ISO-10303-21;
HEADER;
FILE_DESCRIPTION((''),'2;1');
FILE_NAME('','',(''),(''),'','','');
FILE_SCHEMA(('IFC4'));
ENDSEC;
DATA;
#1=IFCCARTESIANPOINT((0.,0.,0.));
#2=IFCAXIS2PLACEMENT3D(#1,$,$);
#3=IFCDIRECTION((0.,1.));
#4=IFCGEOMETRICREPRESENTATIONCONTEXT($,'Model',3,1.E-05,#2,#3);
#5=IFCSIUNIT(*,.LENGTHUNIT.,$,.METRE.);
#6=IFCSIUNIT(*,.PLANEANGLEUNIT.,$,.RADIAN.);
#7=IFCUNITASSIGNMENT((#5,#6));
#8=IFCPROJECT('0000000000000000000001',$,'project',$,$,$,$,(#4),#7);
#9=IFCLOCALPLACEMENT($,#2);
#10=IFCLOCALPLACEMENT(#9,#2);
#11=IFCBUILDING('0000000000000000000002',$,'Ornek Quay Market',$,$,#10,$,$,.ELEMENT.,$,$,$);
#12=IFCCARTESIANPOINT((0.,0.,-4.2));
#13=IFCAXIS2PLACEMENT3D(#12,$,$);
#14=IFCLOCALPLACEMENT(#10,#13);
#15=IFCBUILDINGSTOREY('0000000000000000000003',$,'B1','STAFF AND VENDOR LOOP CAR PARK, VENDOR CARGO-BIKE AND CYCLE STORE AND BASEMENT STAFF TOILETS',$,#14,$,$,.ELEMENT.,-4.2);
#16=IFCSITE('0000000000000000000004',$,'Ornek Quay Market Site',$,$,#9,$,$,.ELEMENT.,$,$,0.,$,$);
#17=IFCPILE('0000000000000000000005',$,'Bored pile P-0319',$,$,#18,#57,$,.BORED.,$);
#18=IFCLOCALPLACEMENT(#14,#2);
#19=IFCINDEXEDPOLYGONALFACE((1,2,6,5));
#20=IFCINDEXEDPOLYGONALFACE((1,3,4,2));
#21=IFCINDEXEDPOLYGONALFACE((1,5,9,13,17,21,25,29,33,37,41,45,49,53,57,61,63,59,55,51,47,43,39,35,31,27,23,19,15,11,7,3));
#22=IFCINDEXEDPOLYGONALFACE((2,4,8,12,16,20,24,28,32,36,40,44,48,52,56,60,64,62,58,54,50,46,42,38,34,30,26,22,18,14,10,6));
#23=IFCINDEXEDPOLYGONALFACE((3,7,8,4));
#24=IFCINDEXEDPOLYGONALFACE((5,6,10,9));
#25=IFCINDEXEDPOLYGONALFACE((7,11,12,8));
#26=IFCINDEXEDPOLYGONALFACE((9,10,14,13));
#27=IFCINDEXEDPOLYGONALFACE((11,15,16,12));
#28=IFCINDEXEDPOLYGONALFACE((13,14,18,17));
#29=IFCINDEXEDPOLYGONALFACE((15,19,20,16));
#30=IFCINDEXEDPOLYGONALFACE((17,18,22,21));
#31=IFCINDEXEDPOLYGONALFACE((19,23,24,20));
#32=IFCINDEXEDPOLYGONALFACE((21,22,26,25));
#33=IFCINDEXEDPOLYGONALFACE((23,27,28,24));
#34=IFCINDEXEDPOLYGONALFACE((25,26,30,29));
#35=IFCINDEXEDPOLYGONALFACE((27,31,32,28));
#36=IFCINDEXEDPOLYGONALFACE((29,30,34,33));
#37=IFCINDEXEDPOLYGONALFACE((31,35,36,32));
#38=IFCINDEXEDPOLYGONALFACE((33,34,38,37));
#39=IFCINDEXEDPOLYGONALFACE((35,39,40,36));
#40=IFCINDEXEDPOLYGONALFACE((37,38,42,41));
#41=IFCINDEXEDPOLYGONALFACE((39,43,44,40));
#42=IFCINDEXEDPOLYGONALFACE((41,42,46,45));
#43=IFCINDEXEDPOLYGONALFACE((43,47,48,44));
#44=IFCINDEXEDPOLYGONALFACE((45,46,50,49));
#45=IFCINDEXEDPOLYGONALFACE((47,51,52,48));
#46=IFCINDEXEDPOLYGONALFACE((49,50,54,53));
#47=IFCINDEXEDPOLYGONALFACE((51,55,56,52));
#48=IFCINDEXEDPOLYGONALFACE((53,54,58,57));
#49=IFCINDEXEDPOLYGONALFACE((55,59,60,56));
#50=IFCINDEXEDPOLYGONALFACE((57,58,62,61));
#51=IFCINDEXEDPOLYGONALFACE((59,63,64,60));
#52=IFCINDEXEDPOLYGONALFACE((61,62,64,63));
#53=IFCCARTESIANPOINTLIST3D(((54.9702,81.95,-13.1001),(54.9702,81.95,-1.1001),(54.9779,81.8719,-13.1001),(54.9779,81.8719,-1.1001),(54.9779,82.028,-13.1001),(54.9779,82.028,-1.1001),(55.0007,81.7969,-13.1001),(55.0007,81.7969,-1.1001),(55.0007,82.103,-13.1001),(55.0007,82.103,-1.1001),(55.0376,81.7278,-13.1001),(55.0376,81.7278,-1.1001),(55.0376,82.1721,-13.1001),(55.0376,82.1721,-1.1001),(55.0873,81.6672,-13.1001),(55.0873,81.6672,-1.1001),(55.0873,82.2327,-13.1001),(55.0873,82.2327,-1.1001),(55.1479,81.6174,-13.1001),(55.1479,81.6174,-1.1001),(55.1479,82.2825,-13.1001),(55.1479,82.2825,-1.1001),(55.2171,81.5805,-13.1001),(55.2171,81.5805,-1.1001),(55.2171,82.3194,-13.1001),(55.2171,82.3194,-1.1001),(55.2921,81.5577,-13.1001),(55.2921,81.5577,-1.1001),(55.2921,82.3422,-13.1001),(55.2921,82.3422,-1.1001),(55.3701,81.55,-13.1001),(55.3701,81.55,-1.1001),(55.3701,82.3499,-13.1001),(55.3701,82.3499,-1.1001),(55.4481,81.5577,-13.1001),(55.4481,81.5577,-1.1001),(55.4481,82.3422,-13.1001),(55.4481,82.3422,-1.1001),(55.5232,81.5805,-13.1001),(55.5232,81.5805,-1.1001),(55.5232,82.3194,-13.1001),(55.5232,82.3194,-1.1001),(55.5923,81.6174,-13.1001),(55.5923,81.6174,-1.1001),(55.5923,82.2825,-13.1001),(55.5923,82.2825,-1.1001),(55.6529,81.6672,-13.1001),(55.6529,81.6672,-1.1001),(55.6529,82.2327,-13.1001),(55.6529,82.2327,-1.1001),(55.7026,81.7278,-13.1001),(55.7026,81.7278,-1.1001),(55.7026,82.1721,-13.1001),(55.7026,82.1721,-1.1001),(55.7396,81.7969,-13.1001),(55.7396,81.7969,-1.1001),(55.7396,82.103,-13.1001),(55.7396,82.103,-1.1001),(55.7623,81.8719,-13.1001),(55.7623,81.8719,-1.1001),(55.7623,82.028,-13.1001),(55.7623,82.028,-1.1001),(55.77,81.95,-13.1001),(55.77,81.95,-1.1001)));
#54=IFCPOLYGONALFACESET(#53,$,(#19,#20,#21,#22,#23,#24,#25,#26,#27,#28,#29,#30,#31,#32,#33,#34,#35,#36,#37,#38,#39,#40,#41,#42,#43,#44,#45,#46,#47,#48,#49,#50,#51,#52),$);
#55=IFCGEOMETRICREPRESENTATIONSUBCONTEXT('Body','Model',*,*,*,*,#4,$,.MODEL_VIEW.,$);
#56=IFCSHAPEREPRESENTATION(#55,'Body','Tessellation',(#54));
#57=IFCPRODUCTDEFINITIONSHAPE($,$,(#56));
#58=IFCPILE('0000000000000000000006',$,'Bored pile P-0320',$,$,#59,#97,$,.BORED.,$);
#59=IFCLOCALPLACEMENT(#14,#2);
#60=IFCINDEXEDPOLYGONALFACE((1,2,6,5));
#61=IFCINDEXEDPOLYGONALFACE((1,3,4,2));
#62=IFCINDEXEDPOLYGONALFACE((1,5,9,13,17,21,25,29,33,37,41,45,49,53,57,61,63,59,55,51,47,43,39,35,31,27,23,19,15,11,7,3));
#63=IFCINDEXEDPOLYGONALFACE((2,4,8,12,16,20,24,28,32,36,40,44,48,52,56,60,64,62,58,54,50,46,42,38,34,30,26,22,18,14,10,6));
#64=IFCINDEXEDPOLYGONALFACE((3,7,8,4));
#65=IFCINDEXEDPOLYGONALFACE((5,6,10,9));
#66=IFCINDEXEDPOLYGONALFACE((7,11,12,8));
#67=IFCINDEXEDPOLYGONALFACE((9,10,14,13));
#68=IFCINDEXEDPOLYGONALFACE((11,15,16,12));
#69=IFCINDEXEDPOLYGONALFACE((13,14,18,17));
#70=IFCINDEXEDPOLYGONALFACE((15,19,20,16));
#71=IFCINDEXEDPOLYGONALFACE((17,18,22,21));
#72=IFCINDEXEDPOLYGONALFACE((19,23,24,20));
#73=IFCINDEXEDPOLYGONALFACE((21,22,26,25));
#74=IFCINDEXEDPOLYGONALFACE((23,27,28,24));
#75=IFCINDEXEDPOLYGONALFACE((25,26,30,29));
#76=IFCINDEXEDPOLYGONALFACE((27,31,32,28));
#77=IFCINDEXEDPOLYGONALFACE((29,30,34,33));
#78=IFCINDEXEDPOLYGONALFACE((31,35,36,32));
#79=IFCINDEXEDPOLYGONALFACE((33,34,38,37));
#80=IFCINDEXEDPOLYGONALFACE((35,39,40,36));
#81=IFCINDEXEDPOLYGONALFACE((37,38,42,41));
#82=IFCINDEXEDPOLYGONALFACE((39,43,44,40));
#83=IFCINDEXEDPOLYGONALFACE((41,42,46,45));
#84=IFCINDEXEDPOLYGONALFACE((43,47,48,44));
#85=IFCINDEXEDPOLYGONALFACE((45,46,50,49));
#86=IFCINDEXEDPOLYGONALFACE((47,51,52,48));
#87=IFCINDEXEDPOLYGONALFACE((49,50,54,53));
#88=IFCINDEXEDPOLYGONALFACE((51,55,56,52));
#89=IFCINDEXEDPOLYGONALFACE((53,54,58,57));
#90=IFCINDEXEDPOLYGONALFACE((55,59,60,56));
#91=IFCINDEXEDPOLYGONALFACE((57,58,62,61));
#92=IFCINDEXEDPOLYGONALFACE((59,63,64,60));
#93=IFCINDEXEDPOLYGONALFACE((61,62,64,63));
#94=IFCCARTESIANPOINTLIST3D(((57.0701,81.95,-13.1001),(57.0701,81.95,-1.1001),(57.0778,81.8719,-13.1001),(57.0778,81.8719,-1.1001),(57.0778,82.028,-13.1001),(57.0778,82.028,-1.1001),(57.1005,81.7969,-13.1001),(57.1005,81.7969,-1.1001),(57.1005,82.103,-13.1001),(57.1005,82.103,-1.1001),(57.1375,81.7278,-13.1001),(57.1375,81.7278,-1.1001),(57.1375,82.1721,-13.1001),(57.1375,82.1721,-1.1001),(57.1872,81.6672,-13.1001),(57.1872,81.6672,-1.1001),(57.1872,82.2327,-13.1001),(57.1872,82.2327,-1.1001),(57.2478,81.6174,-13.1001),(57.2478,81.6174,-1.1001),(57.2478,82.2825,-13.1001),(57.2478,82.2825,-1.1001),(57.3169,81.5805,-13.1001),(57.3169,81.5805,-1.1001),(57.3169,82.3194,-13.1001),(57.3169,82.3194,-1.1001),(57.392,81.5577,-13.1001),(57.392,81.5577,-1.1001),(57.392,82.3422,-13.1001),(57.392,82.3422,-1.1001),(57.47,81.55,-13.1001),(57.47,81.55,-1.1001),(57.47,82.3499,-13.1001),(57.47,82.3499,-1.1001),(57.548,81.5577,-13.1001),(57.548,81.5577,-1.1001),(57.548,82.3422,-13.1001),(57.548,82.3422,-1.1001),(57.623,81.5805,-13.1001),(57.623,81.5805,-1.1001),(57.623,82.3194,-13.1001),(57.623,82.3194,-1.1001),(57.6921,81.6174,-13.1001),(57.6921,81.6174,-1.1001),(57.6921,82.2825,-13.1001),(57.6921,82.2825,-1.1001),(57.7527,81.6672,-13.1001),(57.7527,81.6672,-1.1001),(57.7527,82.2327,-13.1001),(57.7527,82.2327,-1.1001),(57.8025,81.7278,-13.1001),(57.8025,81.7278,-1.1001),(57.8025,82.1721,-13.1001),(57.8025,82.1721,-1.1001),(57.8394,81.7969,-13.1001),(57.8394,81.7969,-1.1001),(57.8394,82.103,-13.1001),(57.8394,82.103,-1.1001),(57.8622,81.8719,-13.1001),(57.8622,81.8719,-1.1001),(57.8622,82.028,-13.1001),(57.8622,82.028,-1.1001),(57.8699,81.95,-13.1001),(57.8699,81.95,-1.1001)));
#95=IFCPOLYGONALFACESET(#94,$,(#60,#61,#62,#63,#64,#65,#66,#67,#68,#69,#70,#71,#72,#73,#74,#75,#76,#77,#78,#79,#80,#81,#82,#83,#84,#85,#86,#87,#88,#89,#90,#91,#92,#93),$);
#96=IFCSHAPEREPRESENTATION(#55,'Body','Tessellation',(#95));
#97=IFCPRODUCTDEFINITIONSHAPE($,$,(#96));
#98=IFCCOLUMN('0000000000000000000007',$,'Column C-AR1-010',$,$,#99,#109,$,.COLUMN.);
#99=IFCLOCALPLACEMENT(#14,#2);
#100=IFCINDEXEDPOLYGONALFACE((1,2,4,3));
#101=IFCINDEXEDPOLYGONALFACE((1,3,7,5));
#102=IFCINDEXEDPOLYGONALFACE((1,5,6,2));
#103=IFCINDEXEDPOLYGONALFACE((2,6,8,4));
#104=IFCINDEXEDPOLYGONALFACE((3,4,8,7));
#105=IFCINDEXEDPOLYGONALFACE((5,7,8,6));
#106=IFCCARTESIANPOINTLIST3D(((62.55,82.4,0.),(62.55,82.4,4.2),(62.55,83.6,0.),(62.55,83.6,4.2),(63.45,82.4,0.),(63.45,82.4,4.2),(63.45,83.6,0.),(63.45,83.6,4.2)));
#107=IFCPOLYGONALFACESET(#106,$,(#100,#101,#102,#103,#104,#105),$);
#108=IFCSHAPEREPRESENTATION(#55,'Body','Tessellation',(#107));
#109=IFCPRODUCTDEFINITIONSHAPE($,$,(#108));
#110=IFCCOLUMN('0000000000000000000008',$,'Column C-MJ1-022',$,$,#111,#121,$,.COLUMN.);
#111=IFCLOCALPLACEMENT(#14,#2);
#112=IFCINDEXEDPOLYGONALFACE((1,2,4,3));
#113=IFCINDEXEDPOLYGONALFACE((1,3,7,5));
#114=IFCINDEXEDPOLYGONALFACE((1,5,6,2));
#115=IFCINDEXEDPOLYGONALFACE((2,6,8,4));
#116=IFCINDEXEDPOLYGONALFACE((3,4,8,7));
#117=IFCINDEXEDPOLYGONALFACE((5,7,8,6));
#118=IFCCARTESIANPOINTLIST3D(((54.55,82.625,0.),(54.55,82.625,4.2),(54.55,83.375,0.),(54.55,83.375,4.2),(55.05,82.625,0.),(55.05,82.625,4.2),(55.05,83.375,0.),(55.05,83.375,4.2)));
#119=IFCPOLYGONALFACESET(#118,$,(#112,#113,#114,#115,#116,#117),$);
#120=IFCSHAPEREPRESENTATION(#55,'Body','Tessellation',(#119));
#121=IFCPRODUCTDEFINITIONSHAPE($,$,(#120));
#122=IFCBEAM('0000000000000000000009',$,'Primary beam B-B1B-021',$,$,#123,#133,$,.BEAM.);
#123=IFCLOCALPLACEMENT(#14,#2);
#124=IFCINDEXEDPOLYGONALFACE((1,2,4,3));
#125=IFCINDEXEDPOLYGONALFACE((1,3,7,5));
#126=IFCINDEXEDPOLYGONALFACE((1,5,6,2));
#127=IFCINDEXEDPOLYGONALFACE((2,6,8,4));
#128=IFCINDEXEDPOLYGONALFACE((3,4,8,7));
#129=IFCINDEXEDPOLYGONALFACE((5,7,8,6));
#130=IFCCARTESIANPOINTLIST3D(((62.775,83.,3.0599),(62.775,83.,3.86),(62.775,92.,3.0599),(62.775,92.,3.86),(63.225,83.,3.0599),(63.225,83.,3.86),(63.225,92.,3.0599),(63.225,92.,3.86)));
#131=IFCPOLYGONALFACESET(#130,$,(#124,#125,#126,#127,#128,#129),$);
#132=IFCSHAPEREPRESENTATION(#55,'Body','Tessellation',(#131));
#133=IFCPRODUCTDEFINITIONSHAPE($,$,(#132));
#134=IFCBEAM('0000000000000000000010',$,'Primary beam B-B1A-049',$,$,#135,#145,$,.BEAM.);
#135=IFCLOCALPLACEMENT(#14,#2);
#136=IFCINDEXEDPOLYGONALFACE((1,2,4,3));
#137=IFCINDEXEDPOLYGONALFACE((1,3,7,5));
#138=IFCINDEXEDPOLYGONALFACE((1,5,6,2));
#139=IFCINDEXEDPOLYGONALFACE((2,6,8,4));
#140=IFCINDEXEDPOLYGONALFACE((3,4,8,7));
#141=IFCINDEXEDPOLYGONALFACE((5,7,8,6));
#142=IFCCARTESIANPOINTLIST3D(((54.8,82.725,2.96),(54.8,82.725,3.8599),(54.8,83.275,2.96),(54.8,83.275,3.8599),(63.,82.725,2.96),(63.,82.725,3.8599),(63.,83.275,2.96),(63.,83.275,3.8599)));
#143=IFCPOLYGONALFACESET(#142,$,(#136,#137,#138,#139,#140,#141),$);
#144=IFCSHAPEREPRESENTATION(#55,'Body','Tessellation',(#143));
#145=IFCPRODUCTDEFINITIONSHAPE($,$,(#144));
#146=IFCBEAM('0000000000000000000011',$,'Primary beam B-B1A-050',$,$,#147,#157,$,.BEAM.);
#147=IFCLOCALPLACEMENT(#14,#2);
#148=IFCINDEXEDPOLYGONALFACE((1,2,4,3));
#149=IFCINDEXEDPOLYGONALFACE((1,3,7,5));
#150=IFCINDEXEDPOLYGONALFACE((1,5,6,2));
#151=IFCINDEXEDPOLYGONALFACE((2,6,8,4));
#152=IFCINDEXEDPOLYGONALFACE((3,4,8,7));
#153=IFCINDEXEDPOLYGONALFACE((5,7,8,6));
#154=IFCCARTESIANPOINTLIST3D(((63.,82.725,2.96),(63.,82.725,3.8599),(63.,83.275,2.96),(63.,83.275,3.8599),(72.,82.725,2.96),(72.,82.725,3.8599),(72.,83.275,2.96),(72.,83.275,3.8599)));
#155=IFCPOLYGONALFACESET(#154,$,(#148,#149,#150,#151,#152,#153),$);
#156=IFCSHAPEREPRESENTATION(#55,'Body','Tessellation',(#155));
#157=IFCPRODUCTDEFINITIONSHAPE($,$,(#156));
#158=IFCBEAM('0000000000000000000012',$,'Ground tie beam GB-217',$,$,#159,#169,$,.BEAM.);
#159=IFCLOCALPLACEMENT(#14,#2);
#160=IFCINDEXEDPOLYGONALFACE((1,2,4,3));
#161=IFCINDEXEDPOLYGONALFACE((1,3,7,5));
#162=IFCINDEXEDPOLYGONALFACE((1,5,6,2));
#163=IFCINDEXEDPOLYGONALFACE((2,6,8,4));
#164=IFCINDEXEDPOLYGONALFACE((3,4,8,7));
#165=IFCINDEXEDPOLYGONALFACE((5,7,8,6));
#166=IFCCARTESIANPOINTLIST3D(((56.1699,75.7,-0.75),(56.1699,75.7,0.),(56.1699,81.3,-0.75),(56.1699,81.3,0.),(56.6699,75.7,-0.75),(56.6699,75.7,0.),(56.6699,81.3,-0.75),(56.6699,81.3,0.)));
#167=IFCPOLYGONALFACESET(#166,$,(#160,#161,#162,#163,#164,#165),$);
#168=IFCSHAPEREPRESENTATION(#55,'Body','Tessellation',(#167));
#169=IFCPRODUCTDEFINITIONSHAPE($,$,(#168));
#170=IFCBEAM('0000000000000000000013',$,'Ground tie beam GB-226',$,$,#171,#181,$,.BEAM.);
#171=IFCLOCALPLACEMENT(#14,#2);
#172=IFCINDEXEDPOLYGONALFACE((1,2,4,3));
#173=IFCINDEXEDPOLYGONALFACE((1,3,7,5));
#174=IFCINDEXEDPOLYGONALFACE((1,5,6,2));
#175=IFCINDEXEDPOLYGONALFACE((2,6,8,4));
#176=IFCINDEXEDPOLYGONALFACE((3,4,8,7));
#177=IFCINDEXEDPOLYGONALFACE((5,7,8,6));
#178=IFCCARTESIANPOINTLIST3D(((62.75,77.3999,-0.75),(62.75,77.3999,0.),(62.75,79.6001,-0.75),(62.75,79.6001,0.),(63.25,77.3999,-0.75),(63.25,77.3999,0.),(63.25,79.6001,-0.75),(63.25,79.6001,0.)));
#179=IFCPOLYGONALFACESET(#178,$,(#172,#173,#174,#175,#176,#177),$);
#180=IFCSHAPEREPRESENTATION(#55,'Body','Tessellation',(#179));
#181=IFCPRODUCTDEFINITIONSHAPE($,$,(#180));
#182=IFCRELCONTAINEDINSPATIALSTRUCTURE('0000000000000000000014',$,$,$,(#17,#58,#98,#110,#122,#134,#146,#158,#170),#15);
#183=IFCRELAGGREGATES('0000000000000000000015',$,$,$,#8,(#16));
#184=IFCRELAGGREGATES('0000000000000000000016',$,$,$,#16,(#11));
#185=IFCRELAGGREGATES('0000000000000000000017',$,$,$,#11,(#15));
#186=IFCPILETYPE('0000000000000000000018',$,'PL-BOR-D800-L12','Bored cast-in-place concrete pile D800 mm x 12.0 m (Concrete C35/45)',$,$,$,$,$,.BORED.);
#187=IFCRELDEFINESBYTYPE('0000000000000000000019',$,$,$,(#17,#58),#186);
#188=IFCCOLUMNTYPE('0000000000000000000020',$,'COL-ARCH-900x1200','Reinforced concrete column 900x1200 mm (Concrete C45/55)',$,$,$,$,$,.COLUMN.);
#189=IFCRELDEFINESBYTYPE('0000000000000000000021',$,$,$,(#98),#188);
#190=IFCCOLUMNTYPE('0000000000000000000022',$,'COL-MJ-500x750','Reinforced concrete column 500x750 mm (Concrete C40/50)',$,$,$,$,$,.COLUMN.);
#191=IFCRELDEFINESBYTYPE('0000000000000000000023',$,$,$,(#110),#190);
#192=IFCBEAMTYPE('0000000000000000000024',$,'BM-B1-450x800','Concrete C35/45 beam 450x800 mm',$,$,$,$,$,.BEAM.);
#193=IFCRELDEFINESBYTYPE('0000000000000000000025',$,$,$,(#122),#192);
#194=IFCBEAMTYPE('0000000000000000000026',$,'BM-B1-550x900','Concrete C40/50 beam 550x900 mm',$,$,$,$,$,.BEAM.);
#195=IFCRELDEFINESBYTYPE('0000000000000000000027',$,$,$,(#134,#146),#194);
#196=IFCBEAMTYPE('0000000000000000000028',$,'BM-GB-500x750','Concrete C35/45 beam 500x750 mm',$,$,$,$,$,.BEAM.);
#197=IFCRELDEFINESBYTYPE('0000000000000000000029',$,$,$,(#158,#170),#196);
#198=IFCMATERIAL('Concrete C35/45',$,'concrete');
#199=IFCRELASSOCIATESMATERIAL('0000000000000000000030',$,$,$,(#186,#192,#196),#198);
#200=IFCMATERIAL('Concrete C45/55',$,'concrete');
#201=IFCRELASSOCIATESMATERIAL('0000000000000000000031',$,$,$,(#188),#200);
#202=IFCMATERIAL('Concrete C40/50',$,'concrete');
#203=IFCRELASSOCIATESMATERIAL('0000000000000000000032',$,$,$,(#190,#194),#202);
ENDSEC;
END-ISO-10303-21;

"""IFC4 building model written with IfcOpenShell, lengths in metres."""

from ifc_helpers import new_model, si_unit, direction, frame, origin, origin_2d, place, context, subcontext, project, spatial, rectangle, circle, extrude, material, material_profile, profile_set, type_object, element, save


model = new_model("IFC4")

# Units and contexts
model_context = context("Model", 3, precision=1e-05, world=origin(), true_north=direction((0.0, 1.0)))
body_context = subcontext(model_context, "Body", "Model", "MODEL_VIEW")
ifc_project = project(units=[si_unit("LENGTHUNIT", "METRE"), si_unit("PLANEANGLEUNIT", "RADIAN")], contexts=[model_context])

# Site, building, storey
site_placement = place(None, origin())
site = spatial("IfcSite", under=ifc_project, at=site_placement, Name="Ornek Quay Market Site", CompositionType="ELEMENT", RefElevation=0.0)
building_placement = place(site_placement, origin())
building = spatial("IfcBuilding", under=site, at=building_placement, Name="Ornek Quay Market", CompositionType="ELEMENT")
storey_placement = place(building_placement, frame((0.0, 0.0, -4.2)))
storey = spatial("IfcBuildingStorey", under=building, at=storey_placement, Name="B1", Description="STAFF AND VENDOR LOOP CAR PARK, VENDOR CARGO-BIKE AND CYCLE STORE AND BASEMENT STAFF TOILETS", CompositionType="ELEMENT", Elevation=-4.2)

# Piles
ifc_material_1 = material(Name="Concrete C35/45", Category="concrete")
ifc_material_profile_1 = material_profile(ifc_material_1, circle(Radius=0.3999, at=origin_2d()), Name="PILE D800", Category="concrete")
ifc_profile_set_1 = profile_set([ifc_material_profile_1], Name="Concrete C35/45")
pile_type_1 = type_object("IfcPileType", Name="PL-BOR-D800-L12", Description="Bored cast-in-place concrete pile D800 mm x 12.0 m (Concrete C35/45)", PredefinedType="BORED", material=ifc_profile_set_1)
for number, where, z_axis, x_axis, name in (
    (1, (55.3701, 81.95, -1.1001), (0.0, 0.0, -1.0), (1.0, 0.0, 0.0), "Bored pile P-0319"),
    (2, (57.47, 81.95, -1.1001), (0.0, 0.0, -1.0), (1.0, 0.0, 0.0), "Bored pile P-0320"),
):
    element("IfcPile", number, at=place(storey_placement, frame(where, z_axis=z_axis, x_axis=x_axis)), inside=storey, type_object=pile_type_1, Name=name, PredefinedType="BORED", context=body_context, shape_type="SweptSolid", body=[
        extrude(circle(Radius=0.3999, at=origin_2d()), origin(), (0.0, 0.0, 1.0), 12.0),
    ])

# Columns
ifc_material_2 = material(Name="Concrete C45/55", Category="concrete")
ifc_material_profile_2 = material_profile(ifc_material_2, rectangle(XDim=0.8999, YDim=1.2, at=origin_2d()), Name="RC 900x1200", Category="concrete")
ifc_profile_set_2 = profile_set([ifc_material_profile_2], Name="Concrete C45/55")
column_type_1 = type_object("IfcColumnType", Name="COL-ARCH-900x1200", Description="Reinforced concrete column 900x1200 mm (Concrete C45/55)", PredefinedType="COLUMN", material=ifc_profile_set_2)
column_1_placement = place(storey_placement, frame((63.0, 83.0, 0.0), z_axis=(0.0, 0.0, 1.0), x_axis=(1.0, 0.0, 0.0)))
element("IfcColumn", 3, at=column_1_placement, inside=storey, type_object=column_type_1, Name="Column C-AR1-010", PredefinedType="COLUMN", context=body_context, shape_type="SweptSolid", body=[
    extrude(rectangle(XDim=0.8999, YDim=1.2, at=origin_2d()), origin(), (0.0, 0.0, 1.0), 4.2),
])
ifc_material_3 = material(Name="Concrete C40/50", Category="concrete")
ifc_material_profile_3 = material_profile(ifc_material_3, rectangle(XDim=0.5, YDim=0.75, at=origin_2d()), Name="RC 500x750", Category="concrete")
ifc_profile_set_3 = profile_set([ifc_material_profile_3], Name="Concrete C40/50")
column_type_2 = type_object("IfcColumnType", Name="COL-MJ-500x750", Description="Reinforced concrete column 500x750 mm (Concrete C40/50)", PredefinedType="COLUMN", material=ifc_profile_set_3)
column_2_placement = place(storey_placement, frame((54.8, 83.0, 0.0), z_axis=(0.0, 0.0, 1.0), x_axis=(1.0, 0.0, 0.0)))
element("IfcColumn", 4, at=column_2_placement, inside=storey, type_object=column_type_2, Name="Column C-MJ1-022", PredefinedType="COLUMN", context=body_context, shape_type="SweptSolid", body=[
    extrude(rectangle(XDim=0.5, YDim=0.75, at=origin_2d()), origin(), (0.0, 0.0, 1.0), 4.2),
])

# Beams
ifc_material_profile_4 = material_profile(ifc_material_1, rectangle(XDim=0.45, YDim=0.8, at=origin_2d()), Name="RC 450x800", Category="concrete")
ifc_profile_set_4 = profile_set([ifc_material_profile_4], Name="Concrete C35/45")
beam_type_1 = type_object("IfcBeamType", Name="BM-B1-450x800", Description="Concrete C35/45 beam 450x800 mm", PredefinedType="BEAM", material=ifc_profile_set_4)
beam_1_placement = place(storey_placement, frame((63.0, 83.0, 3.46), z_axis=(0.0, 1.0, 0.0), x_axis=(-1.0, 0.0, 0.0)))
element("IfcBeam", 5, at=beam_1_placement, inside=storey, type_object=beam_type_1, Name="Primary beam B-B1B-021", PredefinedType="BEAM", context=body_context, shape_type="SweptSolid", body=[
    extrude(rectangle(XDim=0.45, YDim=0.8, at=origin_2d()), origin(), (0.0, 0.0, 1.0), 9.0),
])
ifc_material_profile_5 = material_profile(ifc_material_3, rectangle(XDim=0.55, YDim=0.8999, at=origin_2d()), Name="RC 550x900", Category="concrete")
ifc_profile_set_5 = profile_set([ifc_material_profile_5], Name="Concrete C40/50")
beam_type_2 = type_object("IfcBeamType", Name="BM-B1-550x900", Description="Concrete C40/50 beam 550x900 mm", PredefinedType="BEAM", material=ifc_profile_set_5)
beam_2_placement = place(storey_placement, frame((54.8, 83.0, 3.4099), z_axis=(1.0, 0.0, 0.0), x_axis=(0.0, 1.0, 0.0)))
element("IfcBeam", 6, at=beam_2_placement, inside=storey, type_object=beam_type_2, Name="Primary beam B-B1A-049", PredefinedType="BEAM", context=body_context, shape_type="SweptSolid", body=[
    extrude(rectangle(XDim=0.55, YDim=0.8999, at=origin_2d()), origin(), (0.0, 0.0, 1.0), 8.2),
])
beam_3_placement = place(storey_placement, frame((63.0, 83.0, 3.4099), z_axis=(1.0, 0.0, 0.0), x_axis=(0.0, 1.0, 0.0)))
element("IfcBeam", 7, at=beam_3_placement, inside=storey, type_object=beam_type_2, Name="Primary beam B-B1A-050", PredefinedType="BEAM", context=body_context, shape_type="SweptSolid", body=[
    extrude(rectangle(XDim=0.55, YDim=0.8999, at=origin_2d()), origin(), (0.0, 0.0, 1.0), 9.0),
])
ifc_material_profile_6 = material_profile(ifc_material_1, rectangle(XDim=0.5, YDim=0.75, at=origin_2d()), Name="RC 500x750", Category="concrete")
ifc_profile_set_6 = profile_set([ifc_material_profile_6], Name="Concrete C35/45")
beam_type_3 = type_object("IfcBeamType", Name="BM-GB-500x750", Description="Concrete C35/45 beam 500x750 mm", PredefinedType="BEAM", material=ifc_profile_set_6)
beam_4_placement = place(storey_placement, frame((56.4199, 75.7, -0.375), z_axis=(0.0, 1.0, 0.0), x_axis=(-1.0, 0.0, 0.0)))
element("IfcBeam", 8, at=beam_4_placement, inside=storey, type_object=beam_type_3, Name="Ground tie beam GB-217", PredefinedType="BEAM", context=body_context, shape_type="SweptSolid", body=[
    extrude(rectangle(XDim=0.5, YDim=0.75, at=origin_2d()), origin(), (0.0, 0.0, 1.0), 5.6001),
])
beam_5_placement = place(storey_placement, frame((63.0, 77.3999, -0.375), z_axis=(0.0, 1.0, 0.0), x_axis=(-1.0, 0.0, 0.0)))
element("IfcBeam", 9, at=beam_5_placement, inside=storey, type_object=beam_type_3, Name="Ground tie beam GB-226", PredefinedType="BEAM", context=body_context, shape_type="SweptSolid", body=[
    extrude(rectangle(XDim=0.5, YDim=0.75, at=origin_2d()), origin(), (0.0, 0.0, 1.0), 2.2002),
])

save(model, "model.ifc")
